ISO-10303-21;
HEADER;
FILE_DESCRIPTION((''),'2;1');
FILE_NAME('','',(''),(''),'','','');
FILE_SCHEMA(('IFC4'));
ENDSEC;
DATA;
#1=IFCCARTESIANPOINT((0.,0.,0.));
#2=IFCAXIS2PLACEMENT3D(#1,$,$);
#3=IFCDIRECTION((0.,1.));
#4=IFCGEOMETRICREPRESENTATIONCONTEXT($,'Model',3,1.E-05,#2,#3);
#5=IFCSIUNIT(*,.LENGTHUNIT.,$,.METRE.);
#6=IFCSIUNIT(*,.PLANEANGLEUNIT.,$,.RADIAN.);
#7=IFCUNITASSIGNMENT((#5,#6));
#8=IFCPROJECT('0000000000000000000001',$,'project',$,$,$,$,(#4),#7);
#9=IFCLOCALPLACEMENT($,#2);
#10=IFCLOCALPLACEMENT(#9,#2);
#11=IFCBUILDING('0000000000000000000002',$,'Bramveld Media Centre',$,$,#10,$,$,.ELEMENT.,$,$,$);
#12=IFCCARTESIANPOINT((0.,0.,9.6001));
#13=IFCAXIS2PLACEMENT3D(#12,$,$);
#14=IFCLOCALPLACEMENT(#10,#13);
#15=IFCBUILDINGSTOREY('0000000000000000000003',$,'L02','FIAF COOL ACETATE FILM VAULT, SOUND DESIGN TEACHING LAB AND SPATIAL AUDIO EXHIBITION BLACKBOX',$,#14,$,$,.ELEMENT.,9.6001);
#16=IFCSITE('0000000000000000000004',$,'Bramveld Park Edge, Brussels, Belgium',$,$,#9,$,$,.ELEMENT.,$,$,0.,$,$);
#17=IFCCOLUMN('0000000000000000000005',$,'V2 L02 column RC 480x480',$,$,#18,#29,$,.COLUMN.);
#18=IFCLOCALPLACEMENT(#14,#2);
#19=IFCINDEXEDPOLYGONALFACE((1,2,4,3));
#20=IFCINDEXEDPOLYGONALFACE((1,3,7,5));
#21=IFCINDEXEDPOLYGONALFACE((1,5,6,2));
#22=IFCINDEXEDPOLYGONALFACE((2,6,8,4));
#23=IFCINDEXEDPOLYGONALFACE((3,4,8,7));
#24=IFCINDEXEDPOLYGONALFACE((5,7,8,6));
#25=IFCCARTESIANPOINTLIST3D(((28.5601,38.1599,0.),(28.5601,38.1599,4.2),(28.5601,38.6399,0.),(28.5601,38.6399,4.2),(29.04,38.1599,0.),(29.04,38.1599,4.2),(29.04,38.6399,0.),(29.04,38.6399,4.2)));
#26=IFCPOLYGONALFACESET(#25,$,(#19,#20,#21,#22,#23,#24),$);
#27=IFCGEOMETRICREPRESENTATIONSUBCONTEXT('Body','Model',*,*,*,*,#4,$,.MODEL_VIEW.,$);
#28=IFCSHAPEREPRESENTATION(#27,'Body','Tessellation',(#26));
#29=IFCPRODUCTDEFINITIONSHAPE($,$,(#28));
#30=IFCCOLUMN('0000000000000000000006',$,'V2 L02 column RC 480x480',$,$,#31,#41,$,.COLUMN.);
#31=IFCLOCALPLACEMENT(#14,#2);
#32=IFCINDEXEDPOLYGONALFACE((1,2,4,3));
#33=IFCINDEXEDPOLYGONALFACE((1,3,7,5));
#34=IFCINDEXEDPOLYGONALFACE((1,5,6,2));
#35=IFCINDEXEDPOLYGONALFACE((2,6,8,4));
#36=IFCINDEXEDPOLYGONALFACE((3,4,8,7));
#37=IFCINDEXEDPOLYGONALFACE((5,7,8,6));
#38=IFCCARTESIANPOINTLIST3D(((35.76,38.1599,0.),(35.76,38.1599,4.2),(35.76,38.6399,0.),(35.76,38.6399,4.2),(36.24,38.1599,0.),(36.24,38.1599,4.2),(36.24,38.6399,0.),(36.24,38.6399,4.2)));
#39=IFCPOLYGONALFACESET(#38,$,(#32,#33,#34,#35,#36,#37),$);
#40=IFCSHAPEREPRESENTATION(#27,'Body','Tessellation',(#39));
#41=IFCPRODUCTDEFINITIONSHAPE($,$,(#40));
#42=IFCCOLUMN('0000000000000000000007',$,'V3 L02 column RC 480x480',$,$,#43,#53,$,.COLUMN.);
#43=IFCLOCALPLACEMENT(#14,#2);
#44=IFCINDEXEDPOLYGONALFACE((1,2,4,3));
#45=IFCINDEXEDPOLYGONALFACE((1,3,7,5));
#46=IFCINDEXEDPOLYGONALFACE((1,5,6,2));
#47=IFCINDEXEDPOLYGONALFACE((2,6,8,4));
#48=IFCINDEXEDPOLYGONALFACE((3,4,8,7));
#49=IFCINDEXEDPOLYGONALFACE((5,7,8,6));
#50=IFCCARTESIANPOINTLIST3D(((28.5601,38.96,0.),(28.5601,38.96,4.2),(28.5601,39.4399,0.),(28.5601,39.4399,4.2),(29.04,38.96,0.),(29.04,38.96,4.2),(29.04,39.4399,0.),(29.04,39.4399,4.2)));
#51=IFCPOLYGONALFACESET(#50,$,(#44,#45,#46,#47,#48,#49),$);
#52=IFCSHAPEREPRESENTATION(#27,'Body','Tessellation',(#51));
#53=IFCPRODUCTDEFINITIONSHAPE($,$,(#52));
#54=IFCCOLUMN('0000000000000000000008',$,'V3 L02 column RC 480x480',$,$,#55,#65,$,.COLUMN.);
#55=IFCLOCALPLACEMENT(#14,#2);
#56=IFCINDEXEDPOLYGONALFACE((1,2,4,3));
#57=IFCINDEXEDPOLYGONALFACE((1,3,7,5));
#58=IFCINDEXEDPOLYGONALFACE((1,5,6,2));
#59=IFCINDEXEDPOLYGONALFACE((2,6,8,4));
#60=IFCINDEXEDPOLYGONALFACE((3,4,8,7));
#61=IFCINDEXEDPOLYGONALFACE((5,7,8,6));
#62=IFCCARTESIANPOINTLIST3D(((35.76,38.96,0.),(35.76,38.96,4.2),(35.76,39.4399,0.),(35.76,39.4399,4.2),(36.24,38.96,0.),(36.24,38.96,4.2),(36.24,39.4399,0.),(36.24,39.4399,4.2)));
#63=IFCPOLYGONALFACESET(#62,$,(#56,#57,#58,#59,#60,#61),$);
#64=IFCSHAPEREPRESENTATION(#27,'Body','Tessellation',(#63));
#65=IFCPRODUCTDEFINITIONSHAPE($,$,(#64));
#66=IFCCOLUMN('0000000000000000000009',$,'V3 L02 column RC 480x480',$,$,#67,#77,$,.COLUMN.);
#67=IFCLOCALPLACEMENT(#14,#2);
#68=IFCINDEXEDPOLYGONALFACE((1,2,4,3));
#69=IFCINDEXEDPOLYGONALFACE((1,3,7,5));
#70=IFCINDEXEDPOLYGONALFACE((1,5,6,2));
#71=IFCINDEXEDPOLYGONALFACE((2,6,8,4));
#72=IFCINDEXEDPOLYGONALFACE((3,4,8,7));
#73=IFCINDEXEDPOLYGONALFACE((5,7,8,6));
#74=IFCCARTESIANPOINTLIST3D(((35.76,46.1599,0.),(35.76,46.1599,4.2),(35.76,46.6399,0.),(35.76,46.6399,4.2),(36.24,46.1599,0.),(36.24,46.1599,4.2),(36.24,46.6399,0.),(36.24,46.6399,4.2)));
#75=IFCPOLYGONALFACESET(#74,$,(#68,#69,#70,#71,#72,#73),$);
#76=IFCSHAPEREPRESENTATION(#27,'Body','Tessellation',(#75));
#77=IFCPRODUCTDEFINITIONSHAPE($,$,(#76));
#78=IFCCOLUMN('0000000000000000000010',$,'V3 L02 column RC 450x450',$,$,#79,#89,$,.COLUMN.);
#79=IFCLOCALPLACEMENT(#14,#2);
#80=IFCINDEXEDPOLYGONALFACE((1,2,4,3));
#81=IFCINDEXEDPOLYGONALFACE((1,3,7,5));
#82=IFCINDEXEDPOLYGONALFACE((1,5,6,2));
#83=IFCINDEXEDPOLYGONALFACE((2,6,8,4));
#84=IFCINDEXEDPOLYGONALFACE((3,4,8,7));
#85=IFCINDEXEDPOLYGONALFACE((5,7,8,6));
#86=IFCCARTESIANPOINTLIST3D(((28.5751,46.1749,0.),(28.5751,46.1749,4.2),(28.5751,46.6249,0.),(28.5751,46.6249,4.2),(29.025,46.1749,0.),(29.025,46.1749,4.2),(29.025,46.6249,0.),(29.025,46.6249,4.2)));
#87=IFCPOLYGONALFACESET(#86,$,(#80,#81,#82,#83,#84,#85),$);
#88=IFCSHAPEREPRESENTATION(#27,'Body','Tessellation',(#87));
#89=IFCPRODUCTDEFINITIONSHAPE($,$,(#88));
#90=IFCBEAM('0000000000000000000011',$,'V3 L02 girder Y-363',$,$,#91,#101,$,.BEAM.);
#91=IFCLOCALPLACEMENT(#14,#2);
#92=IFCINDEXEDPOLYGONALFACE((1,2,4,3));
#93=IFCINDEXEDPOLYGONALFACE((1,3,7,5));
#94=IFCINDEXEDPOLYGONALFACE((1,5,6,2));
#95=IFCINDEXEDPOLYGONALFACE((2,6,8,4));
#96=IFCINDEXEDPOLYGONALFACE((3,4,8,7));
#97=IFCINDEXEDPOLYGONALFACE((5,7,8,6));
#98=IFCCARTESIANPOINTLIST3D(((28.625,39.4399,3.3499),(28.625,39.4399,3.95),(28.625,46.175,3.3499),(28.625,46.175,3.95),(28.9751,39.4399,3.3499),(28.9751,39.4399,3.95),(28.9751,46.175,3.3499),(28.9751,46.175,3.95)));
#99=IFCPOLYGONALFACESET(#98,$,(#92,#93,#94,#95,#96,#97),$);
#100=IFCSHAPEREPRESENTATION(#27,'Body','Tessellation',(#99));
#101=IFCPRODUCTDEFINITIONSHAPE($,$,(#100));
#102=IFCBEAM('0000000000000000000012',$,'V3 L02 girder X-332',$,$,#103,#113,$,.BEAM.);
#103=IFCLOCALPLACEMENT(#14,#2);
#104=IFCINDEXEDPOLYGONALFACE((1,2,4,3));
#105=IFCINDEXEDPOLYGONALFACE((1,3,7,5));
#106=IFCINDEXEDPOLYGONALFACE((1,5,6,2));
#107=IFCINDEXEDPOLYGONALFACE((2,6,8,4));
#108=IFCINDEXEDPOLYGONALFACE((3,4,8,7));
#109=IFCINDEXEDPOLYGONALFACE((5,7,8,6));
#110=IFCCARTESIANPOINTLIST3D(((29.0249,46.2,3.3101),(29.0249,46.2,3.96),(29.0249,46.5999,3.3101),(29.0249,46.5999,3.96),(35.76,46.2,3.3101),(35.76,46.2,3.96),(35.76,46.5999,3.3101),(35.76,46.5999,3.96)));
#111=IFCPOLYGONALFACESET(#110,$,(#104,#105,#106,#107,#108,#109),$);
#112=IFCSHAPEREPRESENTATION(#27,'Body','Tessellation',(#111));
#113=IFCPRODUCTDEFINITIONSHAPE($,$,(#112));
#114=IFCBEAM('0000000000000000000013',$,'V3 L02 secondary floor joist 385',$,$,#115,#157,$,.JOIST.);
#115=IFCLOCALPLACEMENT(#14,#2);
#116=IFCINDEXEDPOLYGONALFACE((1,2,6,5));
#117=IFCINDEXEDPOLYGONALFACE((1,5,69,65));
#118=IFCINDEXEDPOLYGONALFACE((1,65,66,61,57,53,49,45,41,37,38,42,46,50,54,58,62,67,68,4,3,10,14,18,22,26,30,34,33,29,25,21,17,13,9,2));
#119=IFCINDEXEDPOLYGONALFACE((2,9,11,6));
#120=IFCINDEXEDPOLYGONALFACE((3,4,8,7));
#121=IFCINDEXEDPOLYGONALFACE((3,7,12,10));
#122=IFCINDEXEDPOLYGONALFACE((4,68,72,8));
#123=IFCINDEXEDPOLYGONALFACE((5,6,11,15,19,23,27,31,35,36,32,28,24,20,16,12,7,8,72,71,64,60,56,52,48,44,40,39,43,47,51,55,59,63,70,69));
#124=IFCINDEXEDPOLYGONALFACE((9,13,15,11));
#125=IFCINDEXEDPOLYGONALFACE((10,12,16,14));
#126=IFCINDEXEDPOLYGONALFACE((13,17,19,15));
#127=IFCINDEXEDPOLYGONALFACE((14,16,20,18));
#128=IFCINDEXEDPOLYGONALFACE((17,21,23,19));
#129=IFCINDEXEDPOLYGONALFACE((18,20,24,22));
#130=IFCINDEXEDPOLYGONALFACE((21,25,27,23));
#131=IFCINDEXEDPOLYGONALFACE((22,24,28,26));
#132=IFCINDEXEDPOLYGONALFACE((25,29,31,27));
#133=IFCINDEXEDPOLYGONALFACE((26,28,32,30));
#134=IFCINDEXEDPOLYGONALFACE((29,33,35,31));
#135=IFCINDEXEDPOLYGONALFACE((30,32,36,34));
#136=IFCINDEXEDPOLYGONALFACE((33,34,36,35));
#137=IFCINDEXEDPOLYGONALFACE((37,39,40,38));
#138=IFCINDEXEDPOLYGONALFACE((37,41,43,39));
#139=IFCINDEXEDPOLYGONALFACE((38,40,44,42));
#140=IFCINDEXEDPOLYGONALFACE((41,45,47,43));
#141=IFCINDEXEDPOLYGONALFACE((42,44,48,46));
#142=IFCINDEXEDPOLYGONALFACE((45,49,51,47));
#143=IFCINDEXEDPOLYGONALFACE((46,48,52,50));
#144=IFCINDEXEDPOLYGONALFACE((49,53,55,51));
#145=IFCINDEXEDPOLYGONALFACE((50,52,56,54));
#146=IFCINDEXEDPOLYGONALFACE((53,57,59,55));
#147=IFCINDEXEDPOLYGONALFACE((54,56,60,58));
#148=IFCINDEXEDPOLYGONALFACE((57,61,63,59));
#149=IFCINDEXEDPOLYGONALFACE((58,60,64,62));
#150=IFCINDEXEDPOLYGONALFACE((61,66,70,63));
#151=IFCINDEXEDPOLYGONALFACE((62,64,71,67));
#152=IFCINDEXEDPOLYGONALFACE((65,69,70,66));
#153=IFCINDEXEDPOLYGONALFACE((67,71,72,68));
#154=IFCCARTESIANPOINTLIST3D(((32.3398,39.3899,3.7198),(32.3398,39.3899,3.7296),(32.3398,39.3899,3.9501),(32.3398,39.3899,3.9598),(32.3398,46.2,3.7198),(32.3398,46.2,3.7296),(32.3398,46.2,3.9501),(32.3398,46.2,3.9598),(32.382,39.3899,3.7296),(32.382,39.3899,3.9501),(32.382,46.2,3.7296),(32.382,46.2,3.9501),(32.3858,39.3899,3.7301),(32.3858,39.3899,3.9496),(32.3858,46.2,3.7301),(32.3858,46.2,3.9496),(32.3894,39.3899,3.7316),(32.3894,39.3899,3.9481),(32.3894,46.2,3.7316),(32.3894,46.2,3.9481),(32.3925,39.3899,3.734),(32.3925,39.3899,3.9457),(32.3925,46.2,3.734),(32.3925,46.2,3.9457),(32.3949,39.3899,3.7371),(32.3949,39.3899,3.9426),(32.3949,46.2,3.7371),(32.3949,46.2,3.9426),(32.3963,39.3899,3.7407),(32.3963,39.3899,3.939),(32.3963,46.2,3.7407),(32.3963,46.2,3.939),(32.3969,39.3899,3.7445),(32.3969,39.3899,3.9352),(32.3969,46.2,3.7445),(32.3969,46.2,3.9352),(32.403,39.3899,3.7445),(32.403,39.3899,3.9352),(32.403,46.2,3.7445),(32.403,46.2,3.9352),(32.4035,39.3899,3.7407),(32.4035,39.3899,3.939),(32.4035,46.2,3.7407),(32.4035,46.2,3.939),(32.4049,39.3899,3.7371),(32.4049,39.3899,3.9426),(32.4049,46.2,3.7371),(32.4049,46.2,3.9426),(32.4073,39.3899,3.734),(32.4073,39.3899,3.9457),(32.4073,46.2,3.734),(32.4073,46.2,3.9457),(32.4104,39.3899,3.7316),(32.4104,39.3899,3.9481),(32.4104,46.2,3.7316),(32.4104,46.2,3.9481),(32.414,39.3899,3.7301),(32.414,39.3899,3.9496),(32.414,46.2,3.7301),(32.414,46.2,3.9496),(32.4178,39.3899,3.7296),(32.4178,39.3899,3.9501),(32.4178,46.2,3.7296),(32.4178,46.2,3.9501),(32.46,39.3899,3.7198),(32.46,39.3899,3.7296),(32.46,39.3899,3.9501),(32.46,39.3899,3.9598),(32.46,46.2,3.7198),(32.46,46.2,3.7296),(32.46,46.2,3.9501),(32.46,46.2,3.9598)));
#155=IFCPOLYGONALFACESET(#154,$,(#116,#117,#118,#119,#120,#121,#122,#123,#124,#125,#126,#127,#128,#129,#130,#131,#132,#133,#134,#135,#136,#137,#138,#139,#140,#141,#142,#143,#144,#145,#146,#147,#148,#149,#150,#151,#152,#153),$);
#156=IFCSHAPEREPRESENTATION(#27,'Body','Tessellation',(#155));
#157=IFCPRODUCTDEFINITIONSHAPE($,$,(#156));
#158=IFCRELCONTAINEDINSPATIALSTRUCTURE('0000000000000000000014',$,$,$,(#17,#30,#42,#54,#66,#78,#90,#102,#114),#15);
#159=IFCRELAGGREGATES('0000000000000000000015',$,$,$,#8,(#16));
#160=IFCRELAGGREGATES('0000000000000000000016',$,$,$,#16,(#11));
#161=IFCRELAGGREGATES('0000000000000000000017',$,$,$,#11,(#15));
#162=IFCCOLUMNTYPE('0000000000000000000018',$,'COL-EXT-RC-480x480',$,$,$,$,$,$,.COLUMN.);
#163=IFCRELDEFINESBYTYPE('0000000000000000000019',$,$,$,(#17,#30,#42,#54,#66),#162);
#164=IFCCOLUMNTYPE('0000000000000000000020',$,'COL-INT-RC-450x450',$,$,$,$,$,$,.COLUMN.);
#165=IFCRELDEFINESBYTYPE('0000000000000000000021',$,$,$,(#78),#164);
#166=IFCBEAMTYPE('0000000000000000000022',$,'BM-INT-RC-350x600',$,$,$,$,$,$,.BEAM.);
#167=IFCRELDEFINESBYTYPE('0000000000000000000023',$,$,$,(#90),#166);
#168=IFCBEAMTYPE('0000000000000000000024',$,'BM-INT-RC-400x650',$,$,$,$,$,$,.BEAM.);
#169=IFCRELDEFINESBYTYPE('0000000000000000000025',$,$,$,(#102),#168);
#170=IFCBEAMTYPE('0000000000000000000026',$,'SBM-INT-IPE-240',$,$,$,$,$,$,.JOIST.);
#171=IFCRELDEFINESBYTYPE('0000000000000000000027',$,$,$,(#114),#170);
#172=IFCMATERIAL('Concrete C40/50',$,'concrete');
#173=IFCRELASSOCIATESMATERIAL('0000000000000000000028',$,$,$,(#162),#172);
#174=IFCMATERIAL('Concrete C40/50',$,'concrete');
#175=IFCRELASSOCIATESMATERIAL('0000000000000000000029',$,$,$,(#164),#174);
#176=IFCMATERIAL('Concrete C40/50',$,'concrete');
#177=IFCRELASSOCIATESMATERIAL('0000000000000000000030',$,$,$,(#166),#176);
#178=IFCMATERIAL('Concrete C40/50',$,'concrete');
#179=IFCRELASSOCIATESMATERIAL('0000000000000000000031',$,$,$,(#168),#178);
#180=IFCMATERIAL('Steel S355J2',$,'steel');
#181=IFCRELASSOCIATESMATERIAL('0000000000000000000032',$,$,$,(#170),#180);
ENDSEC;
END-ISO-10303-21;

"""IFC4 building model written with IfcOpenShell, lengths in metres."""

from ifc_helpers import new_model, si_unit, direction, frame, origin, origin_2d, place, context, subcontext, project, spatial, rectangle, i_section, extrude, material, material_profile, profile_set, type_object, element, save


model = new_model("IFC4")

# Units and contexts
model_context = context("Model", 3, precision=1e-05, world=origin(), true_north=direction((0.0, 1.0)))
body_context = subcontext(model_context, "Body", "Model", "MODEL_VIEW")
ifc_project = project(units=[si_unit("LENGTHUNIT", "METRE"), si_unit("PLANEANGLEUNIT", "RADIAN")], contexts=[model_context])

# Site, building, storey
site_placement = place(None, origin())
site = spatial("IfcSite", under=ifc_project, at=site_placement, Name="Bramveld Park Edge, Brussels, Belgium", CompositionType="ELEMENT", RefElevation=0.0)
building_placement = place(site_placement, origin())
building = spatial("IfcBuilding", under=site, at=building_placement, Name="Bramveld Media Centre", CompositionType="ELEMENT")
storey_placement = place(building_placement, frame((0.0, 0.0, 9.6001)))
storey = spatial("IfcBuildingStorey", under=building, at=storey_placement, Name="L02", Description="FIAF COOL ACETATE FILM VAULT, SOUND DESIGN TEACHING LAB AND SPATIAL AUDIO EXHIBITION BLACKBOX", CompositionType="ELEMENT", Elevation=9.6001)

# Columns
ifc_material_1 = material(Name="Concrete C40/50", Category="concrete")
ifc_material_profile_1 = material_profile(ifc_material_1, rectangle(XDim=0.48, YDim=0.48, at=origin_2d()), Name="RC 480x480")
ifc_profile_set_1 = profile_set([ifc_material_profile_1], Name="Concrete C40/50")
column_type_1 = type_object("IfcColumnType", Name="COL-EXT-RC-480x480", PredefinedType="COLUMN", material=ifc_profile_set_1)
for number, where, z_axis, x_axis, name in (
    (1, (28.8, 38.3999, 0.0), (0.0, 0.0, 1.0), (1.0, 0.0, 0.0), "V2 L02 column RC 480x480"),
    (2, (36.0, 38.3999, 0.0), (0.0, 0.0, 1.0), (1.0, 0.0, 0.0), "V2 L02 column RC 480x480"),
    (3, (28.8, 39.2, 0.0), (0.0, 0.0, 1.0), (1.0, 0.0, 0.0), "V3 L02 column RC 480x480"),
    (4, (36.0, 39.2, 0.0), (0.0, 0.0, 1.0), (1.0, 0.0, 0.0), "V3 L02 column RC 480x480"),
    (5, (36.0, 46.3999, 0.0), (0.0, 0.0, 1.0), (1.0, 0.0, 0.0), "V3 L02 column RC 480x480"),
):
    element("IfcColumn", number, at=place(storey_placement, frame(where, z_axis=z_axis, x_axis=x_axis)), inside=storey, type_object=column_type_1, Name=name, PredefinedType="COLUMN", context=body_context, shape_type="SweptSolid", body=[
        extrude(rectangle(XDim=0.48, YDim=0.48, at=origin_2d()), origin(), (0.0, 0.0, 1.0), 4.2),
    ])
ifc_material_2 = material(Name="Concrete C40/50", Category="concrete")
ifc_material_profile_2 = material_profile(ifc_material_2, rectangle(XDim=0.45, YDim=0.45, at=origin_2d()), Name="RC 450x450")
ifc_profile_set_2 = profile_set([ifc_material_profile_2], Name="Concrete C40/50")
column_type_2 = type_object("IfcColumnType", Name="COL-INT-RC-450x450", PredefinedType="COLUMN", material=ifc_profile_set_2)
column_placement = place(storey_placement, frame((28.8, 46.3999, 0.0), z_axis=(0.0, 0.0, 1.0), x_axis=(1.0, 0.0, 0.0)))
element("IfcColumn", 6, at=column_placement, inside=storey, type_object=column_type_2, Name="V3 L02 column RC 450x450", PredefinedType="COLUMN", context=body_context, shape_type="SweptSolid", body=[
    extrude(rectangle(XDim=0.45, YDim=0.45, at=origin_2d()), origin(), (0.0, 0.0, 1.0), 4.2),
])

# Beams
ifc_material_3 = material(Name="Concrete C40/50", Category="concrete")
ifc_material_profile_3 = material_profile(ifc_material_3, rectangle(XDim=0.3501, YDim=0.6001, at=origin_2d()), Name="RC 350x600")
ifc_profile_set_3 = profile_set([ifc_material_profile_3], Name="Concrete C40/50")
beam_type_1 = type_object("IfcBeamType", Name="BM-INT-RC-350x600", PredefinedType="BEAM", material=ifc_profile_set_3)
beam_1_placement = place(storey_placement, frame((28.8, 39.4399, 3.6499), z_axis=(0.0, 1.0, 0.0), x_axis=(-1.0, 0.0, 0.0)))
element("IfcBeam", 7, at=beam_1_placement, inside=storey, type_object=beam_type_1, Name="V3 L02 girder Y-363", PredefinedType="BEAM", context=body_context, shape_type="SweptSolid", body=[
    extrude(rectangle(XDim=0.3501, YDim=0.6001, at=origin_2d()), origin(), (0.0, 0.0, 1.0), 6.7351),
])
ifc_material_4 = material(Name="Concrete C40/50", Category="concrete")
ifc_material_profile_4 = material_profile(ifc_material_4, rectangle(XDim=0.3999, YDim=0.6499, at=origin_2d()), Name="RC 400x650")
ifc_profile_set_4 = profile_set([ifc_material_profile_4], Name="Concrete C40/50")
beam_type_2 = type_object("IfcBeamType", Name="BM-INT-RC-400x650", PredefinedType="BEAM", material=ifc_profile_set_4)
beam_2_placement = place(storey_placement, frame((29.0249, 46.3999, 3.635), z_axis=(1.0, 0.0, 0.0), x_axis=(0.0, 1.0, 0.0)))
element("IfcBeam", 8, at=beam_2_placement, inside=storey, type_object=beam_type_2, Name="V3 L02 girder X-332", PredefinedType="BEAM", context=body_context, shape_type="SweptSolid", body=[
    extrude(rectangle(XDim=0.3999, YDim=0.6499, at=origin_2d()), origin(), (0.0, 0.0, 1.0), 6.7351),
])
ifc_material_5 = material(Name="Steel S355J2", Category="steel")
ifc_material_profile_5 = material_profile(ifc_material_5, i_section(OverallWidth=0.1201, OverallDepth=0.24, WebThickness=0.0061, FlangeThickness=0.0098, FilletRadius=0.0149, at=origin_2d()), Name="IPE 240")
ifc_profile_set_5 = profile_set([ifc_material_profile_5], Name="Steel S355J2")
beam_type_3 = type_object("IfcBeamType", Name="SBM-INT-IPE-240", PredefinedType="JOIST", material=ifc_profile_set_5)
beam_3_placement = place(storey_placement, frame((32.3999, 39.3899, 3.8398), z_axis=(0.0, 1.0, 0.0), x_axis=(-1.0, 0.0, 0.0)))
element("IfcBeam", 9, at=beam_3_placement, inside=storey, type_object=beam_type_3, Name="V3 L02 secondary floor joist 385", PredefinedType="JOIST", context=body_context, shape_type="SweptSolid", body=[
    extrude(i_section(OverallWidth=0.1201, OverallDepth=0.24, WebThickness=0.0061, FlangeThickness=0.0098, FilletRadius=0.0149, at=origin_2d()), origin(), (0.0, 0.0, 1.0), 6.8101),
])

save(model, "model.ifc")
